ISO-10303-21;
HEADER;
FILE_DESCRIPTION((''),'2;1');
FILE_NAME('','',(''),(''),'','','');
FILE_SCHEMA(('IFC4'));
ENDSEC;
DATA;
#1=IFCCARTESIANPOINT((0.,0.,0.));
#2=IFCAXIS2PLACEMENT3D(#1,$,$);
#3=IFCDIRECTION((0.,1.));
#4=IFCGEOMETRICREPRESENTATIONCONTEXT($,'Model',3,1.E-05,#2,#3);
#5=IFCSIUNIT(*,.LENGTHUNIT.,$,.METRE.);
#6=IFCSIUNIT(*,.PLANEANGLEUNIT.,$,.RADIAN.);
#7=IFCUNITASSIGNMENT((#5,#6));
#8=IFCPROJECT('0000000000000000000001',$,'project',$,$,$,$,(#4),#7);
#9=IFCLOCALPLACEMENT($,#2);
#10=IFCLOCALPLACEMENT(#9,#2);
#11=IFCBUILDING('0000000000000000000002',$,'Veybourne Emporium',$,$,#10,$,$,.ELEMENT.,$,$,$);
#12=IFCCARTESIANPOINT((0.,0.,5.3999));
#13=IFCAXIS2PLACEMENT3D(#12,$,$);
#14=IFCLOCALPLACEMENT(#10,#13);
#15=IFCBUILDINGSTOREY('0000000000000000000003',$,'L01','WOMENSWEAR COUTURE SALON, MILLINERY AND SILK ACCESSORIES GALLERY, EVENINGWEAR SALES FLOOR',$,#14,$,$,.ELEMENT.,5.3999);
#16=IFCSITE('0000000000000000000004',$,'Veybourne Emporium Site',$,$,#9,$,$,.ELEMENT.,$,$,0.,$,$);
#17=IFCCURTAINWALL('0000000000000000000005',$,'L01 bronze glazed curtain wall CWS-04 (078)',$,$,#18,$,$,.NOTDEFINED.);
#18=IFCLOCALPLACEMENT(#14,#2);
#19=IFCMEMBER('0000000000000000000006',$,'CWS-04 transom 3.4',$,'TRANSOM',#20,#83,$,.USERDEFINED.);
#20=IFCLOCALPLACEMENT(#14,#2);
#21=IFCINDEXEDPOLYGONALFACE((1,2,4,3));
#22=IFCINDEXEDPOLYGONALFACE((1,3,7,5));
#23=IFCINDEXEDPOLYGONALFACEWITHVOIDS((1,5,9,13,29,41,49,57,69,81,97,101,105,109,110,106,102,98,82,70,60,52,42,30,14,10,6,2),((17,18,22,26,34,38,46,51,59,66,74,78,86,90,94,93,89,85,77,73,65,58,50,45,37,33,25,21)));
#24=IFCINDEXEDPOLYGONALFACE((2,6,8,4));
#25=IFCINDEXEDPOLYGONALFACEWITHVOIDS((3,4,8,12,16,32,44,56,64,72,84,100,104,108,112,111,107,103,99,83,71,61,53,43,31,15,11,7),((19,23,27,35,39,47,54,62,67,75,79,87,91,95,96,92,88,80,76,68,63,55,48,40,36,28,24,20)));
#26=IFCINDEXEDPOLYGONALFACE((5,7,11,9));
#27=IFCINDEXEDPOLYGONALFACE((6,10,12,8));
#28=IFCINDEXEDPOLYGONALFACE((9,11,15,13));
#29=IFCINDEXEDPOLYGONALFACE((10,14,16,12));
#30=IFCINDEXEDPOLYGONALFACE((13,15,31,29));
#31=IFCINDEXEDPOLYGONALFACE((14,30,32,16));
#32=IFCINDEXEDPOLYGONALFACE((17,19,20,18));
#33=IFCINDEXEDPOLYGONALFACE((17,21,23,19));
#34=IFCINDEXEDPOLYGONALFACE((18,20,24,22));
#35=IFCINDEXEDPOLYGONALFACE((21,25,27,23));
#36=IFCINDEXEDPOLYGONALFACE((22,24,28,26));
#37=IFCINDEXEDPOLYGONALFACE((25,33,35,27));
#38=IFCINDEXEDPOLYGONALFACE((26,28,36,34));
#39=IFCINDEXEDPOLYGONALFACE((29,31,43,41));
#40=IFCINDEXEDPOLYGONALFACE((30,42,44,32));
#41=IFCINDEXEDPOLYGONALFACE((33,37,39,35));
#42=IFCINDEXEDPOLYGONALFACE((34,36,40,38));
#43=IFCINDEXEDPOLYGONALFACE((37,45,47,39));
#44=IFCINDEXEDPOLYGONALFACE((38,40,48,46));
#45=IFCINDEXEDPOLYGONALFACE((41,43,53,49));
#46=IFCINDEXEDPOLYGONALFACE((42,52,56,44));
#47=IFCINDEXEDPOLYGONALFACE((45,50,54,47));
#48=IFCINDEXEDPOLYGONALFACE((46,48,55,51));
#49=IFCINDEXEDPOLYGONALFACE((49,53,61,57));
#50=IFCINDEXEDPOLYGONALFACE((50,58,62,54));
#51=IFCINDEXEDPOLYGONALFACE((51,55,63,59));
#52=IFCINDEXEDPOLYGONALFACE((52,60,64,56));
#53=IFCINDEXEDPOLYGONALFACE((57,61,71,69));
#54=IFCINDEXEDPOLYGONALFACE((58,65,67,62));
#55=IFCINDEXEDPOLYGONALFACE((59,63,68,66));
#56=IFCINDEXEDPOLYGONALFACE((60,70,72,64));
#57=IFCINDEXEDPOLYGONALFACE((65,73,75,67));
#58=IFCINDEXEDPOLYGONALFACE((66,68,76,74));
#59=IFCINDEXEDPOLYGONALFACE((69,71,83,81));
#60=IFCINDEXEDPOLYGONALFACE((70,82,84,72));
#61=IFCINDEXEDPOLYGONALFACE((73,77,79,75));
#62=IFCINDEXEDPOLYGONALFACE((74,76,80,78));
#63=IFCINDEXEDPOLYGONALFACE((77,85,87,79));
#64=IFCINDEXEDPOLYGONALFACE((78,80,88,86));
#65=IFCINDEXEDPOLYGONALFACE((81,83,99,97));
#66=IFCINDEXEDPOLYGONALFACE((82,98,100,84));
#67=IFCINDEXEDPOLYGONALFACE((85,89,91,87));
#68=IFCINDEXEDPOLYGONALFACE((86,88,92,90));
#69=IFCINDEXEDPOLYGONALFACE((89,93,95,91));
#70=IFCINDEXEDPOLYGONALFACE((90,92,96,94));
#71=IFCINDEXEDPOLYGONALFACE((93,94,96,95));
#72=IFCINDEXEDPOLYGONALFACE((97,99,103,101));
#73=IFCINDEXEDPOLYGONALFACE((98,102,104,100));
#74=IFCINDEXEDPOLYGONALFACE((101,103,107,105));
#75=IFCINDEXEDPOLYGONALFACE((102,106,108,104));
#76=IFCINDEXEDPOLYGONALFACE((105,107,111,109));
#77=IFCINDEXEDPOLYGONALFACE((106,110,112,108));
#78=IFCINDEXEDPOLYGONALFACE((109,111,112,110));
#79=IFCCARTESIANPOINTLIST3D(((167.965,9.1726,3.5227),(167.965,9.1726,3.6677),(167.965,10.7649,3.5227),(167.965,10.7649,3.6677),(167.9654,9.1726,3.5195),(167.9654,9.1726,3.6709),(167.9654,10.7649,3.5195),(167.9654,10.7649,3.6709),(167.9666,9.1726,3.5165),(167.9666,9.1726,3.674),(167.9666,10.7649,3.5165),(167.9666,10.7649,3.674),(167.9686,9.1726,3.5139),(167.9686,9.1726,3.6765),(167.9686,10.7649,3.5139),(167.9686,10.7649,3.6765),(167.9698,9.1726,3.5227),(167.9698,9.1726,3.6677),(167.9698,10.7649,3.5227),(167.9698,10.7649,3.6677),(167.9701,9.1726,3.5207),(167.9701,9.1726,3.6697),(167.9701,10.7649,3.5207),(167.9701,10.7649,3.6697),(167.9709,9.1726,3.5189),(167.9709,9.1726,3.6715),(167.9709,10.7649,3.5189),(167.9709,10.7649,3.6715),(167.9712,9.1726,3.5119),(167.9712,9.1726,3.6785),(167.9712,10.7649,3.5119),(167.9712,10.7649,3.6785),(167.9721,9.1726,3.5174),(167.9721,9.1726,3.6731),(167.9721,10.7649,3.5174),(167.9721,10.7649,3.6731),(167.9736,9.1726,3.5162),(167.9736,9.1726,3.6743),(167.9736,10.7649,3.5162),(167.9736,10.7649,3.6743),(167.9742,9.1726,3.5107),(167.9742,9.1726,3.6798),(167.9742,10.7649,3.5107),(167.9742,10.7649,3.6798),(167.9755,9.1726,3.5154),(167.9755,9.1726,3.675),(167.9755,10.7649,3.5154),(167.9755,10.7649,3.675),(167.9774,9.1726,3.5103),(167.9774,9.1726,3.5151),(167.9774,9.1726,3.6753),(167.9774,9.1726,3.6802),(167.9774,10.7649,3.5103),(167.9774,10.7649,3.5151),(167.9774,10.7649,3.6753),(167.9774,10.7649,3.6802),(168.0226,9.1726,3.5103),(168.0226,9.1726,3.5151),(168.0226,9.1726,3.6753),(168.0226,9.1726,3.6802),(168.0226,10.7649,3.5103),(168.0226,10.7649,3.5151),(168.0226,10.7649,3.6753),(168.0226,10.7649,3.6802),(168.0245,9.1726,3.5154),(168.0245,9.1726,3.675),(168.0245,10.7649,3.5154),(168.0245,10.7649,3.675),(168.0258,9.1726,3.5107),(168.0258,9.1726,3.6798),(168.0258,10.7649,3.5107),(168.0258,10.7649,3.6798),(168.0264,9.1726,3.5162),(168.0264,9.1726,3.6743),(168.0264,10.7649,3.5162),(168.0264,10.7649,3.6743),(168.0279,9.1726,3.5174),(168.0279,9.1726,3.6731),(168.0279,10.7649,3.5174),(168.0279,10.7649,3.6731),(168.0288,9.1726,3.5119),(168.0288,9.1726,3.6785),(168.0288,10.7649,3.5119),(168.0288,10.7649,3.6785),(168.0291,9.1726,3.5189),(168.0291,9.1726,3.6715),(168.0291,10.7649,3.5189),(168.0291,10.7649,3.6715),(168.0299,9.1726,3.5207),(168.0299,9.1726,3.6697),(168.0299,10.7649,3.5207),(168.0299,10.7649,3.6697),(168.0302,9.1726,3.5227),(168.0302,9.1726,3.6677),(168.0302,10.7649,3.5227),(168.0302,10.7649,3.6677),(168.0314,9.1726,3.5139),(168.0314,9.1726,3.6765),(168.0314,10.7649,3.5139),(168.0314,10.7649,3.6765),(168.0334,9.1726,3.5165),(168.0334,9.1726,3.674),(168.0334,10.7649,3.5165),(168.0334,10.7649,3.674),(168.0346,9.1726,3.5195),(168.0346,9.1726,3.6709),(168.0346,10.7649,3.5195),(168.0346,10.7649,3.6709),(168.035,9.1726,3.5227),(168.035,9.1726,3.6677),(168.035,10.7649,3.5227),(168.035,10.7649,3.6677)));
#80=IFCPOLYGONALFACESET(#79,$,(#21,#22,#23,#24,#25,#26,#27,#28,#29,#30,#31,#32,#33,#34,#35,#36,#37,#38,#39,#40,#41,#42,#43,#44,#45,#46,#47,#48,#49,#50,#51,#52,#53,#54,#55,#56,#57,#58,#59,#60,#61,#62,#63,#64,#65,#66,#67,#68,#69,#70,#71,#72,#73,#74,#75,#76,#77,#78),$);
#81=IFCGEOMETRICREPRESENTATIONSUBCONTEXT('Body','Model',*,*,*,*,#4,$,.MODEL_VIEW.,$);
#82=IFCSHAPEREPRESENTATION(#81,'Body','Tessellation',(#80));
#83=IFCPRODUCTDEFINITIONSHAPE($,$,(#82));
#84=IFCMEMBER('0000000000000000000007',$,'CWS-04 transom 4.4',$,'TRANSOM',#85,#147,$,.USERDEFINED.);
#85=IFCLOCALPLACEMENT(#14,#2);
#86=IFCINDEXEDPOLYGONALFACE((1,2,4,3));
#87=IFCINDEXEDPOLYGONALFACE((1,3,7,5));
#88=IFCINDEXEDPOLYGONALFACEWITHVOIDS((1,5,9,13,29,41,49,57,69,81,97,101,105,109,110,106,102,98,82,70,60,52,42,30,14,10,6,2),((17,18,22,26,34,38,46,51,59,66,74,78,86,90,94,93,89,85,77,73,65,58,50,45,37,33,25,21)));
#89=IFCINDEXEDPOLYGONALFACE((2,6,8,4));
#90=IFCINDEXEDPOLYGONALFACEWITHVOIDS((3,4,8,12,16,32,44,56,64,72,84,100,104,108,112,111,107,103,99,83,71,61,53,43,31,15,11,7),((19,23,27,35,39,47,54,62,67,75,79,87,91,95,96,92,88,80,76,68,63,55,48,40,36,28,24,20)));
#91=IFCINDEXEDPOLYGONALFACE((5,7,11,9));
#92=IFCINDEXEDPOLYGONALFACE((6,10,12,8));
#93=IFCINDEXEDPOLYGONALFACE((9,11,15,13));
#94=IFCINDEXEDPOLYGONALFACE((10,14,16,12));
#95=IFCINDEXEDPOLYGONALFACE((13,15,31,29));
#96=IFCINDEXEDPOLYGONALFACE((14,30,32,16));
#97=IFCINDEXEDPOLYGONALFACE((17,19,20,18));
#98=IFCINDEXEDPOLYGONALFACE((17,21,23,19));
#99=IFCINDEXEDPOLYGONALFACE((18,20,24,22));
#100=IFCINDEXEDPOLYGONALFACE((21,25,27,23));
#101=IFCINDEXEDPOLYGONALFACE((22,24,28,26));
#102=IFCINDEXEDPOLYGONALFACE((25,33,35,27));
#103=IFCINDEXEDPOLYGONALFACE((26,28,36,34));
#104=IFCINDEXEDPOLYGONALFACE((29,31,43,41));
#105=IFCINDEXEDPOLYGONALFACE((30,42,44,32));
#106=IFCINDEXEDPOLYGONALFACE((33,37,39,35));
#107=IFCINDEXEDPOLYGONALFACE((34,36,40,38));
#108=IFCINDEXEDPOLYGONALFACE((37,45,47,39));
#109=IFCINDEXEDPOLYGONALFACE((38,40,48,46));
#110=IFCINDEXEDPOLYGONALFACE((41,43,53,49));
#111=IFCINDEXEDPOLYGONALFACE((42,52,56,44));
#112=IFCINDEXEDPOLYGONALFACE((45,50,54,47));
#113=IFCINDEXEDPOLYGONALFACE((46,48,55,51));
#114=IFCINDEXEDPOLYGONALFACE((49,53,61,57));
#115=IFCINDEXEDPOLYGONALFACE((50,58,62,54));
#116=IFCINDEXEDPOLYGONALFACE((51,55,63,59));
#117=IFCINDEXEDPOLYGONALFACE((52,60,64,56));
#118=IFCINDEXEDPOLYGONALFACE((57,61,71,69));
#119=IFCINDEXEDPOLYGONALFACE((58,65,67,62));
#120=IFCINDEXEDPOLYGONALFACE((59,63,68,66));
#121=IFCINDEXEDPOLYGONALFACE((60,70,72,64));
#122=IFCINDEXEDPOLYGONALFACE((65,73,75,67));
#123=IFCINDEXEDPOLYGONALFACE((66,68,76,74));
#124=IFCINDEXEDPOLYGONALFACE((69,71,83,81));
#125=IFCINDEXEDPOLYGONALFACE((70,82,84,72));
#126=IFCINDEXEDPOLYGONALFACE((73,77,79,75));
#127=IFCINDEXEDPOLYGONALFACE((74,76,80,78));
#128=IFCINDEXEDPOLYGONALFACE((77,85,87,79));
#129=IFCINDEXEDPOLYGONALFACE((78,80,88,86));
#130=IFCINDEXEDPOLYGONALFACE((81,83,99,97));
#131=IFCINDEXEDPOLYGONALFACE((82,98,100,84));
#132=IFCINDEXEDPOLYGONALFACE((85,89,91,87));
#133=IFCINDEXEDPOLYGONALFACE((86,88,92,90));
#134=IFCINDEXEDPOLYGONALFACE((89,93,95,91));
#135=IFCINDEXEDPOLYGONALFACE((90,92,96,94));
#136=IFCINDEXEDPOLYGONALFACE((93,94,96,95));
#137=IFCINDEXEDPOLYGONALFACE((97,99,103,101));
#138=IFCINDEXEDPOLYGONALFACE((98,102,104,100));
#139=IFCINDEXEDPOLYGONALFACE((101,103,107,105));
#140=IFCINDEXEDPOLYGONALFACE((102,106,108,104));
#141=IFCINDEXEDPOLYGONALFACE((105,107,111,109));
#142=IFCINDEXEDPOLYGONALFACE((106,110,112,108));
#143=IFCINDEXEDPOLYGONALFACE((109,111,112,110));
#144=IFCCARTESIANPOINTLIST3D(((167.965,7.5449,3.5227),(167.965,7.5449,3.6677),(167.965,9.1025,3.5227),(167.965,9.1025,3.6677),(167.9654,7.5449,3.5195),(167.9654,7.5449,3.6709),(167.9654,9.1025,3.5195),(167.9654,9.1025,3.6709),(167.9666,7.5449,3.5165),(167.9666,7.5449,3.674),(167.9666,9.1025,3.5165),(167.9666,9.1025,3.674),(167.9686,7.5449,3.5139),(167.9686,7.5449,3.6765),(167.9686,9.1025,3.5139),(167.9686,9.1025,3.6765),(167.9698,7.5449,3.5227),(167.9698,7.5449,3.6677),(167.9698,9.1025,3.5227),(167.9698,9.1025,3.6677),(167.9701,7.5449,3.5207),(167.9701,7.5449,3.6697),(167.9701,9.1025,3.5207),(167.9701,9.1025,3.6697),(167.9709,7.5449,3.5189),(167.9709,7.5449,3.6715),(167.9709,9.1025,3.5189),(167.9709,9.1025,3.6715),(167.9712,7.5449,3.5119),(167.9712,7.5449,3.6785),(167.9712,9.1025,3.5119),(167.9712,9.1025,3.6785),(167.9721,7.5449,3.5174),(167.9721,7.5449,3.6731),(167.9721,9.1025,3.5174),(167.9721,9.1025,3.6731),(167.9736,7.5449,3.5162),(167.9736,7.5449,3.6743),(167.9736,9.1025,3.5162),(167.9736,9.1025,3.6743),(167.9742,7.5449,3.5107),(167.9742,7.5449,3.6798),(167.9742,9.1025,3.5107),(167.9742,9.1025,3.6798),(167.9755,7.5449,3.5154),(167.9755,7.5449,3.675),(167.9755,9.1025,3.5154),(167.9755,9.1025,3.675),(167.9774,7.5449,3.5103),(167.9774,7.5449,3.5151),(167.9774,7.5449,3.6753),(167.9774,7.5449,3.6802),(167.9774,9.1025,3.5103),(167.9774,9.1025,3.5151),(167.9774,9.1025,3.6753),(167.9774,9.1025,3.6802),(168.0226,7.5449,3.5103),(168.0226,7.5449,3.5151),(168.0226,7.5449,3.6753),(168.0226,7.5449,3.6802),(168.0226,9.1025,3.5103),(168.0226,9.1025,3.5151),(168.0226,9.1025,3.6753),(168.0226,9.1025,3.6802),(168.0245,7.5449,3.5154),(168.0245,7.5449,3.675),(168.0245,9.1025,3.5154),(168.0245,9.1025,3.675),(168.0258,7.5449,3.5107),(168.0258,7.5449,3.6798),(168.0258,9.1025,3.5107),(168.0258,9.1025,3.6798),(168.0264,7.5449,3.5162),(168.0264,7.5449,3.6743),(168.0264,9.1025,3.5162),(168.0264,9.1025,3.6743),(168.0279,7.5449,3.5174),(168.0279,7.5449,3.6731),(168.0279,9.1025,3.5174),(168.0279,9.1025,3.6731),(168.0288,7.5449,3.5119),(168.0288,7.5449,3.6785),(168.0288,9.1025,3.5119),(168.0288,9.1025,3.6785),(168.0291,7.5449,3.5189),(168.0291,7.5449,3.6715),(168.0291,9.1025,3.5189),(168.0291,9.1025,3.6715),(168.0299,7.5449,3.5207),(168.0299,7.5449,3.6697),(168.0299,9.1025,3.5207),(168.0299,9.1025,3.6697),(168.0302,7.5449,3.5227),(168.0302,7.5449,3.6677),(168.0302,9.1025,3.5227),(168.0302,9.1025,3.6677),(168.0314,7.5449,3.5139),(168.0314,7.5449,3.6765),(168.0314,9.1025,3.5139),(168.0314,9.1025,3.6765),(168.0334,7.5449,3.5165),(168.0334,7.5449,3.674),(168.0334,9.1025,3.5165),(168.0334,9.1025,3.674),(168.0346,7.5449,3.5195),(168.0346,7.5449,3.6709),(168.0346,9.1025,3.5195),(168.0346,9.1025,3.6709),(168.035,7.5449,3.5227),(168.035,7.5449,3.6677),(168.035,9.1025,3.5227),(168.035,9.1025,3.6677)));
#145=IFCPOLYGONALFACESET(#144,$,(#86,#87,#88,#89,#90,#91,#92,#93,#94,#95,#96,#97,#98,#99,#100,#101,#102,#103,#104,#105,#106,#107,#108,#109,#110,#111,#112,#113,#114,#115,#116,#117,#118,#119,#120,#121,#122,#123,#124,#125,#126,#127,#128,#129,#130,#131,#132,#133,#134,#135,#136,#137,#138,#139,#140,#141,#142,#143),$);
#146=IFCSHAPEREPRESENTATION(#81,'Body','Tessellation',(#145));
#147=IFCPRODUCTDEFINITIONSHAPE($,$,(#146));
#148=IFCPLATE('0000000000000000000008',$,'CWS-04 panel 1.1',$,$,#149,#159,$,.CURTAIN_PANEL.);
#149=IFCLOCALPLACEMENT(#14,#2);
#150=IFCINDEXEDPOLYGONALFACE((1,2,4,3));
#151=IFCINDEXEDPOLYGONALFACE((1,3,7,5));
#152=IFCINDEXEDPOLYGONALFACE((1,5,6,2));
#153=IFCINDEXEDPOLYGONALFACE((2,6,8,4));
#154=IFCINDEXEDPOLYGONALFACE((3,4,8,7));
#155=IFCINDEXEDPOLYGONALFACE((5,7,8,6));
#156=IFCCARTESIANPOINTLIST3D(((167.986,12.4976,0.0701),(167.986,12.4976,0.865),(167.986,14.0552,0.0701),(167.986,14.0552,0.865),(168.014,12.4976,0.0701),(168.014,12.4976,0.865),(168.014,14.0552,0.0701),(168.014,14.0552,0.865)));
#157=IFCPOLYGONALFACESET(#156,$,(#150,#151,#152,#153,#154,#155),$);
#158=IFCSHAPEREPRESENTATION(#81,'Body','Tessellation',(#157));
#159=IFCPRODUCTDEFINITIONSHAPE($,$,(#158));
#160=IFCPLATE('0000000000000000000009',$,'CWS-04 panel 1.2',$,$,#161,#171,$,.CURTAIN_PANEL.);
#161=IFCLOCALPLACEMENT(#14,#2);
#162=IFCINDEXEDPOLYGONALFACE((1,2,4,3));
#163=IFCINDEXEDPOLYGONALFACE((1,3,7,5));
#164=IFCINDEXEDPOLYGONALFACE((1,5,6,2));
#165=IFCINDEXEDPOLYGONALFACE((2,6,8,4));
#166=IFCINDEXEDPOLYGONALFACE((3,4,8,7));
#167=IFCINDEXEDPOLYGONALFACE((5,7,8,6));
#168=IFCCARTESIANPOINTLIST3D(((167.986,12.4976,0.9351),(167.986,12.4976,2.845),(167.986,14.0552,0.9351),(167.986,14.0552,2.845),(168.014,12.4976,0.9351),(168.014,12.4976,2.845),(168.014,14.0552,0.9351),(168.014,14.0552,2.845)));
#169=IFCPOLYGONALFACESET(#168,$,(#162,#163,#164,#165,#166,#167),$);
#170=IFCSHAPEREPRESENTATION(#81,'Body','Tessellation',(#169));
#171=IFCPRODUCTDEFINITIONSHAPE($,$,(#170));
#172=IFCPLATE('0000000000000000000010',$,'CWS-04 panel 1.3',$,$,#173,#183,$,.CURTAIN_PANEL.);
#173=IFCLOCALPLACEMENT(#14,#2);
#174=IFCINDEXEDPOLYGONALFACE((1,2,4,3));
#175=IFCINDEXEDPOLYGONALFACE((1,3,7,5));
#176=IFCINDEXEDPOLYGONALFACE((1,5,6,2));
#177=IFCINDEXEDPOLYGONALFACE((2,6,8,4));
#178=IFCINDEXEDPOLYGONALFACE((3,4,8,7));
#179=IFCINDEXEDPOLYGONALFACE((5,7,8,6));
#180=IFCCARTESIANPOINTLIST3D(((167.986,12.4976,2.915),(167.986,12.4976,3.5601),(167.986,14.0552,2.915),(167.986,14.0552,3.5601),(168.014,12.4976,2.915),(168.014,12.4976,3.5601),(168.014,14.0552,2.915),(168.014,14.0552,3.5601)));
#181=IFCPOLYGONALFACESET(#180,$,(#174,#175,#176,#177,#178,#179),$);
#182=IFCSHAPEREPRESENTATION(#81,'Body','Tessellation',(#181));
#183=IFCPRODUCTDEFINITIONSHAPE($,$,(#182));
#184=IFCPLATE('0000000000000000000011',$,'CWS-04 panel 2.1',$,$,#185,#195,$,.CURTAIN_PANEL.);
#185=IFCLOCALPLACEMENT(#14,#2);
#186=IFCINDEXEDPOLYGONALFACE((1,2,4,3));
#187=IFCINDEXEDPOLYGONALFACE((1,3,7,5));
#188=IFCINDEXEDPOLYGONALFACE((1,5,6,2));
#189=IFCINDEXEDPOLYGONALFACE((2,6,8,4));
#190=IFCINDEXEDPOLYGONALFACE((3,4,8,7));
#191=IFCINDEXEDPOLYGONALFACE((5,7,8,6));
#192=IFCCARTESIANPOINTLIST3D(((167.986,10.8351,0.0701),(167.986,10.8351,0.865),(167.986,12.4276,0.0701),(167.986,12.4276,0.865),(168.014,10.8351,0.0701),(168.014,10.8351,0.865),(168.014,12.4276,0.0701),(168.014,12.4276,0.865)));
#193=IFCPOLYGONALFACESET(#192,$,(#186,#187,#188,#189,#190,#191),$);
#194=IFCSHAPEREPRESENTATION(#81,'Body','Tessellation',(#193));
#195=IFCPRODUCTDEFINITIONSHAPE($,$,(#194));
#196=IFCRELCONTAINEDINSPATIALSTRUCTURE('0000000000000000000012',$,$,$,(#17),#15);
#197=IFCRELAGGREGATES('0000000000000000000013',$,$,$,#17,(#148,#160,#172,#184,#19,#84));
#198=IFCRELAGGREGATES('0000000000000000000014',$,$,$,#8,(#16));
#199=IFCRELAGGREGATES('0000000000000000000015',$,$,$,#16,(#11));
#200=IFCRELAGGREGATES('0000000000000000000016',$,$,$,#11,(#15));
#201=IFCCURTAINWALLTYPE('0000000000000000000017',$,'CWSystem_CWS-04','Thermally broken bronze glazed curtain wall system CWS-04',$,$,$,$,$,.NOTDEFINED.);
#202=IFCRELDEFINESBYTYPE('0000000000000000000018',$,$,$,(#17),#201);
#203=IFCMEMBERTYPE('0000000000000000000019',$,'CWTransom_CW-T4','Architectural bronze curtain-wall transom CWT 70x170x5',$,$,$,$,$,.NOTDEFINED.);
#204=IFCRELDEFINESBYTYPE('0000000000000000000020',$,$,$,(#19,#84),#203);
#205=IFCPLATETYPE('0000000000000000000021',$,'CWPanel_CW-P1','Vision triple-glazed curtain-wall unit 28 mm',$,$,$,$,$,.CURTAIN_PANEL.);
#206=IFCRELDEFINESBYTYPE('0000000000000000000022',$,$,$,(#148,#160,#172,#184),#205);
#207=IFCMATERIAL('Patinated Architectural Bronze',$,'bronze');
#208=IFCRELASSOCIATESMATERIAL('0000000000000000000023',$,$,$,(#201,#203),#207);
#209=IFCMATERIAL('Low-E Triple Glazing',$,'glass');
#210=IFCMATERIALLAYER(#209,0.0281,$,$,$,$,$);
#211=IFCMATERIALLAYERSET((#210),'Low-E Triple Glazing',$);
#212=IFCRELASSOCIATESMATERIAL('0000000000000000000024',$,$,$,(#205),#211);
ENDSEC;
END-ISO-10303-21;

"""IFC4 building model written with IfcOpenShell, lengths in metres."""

from ifc_helpers import new_model, si_unit, direction, frame, origin, origin_2d, place, context, subcontext, project, spatial, rectangle, hollow_rectangle, extrude, material, layer, layer_set, material_profile, profile_set, type_object, element, aggregate, save


model = new_model("IFC4")

# Units and contexts
model_context = context("Model", 3, precision=1e-05, world=origin(), true_north=direction((0.0, 1.0)))
body_context = subcontext(model_context, "Body", "Model", "MODEL_VIEW")
ifc_project = project(units=[si_unit("LENGTHUNIT", "METRE"), si_unit("PLANEANGLEUNIT", "RADIAN")], contexts=[model_context])

# Site, building, storey
site_placement = place(None, origin())
site = spatial("IfcSite", under=ifc_project, at=site_placement, Name="Veybourne Emporium Site", CompositionType="ELEMENT", RefElevation=0.0)
building_placement = place(site_placement, origin())
building = spatial("IfcBuilding", under=site, at=building_placement, Name="Veybourne Emporium", CompositionType="ELEMENT")
storey_placement = place(building_placement, frame((0.0, 0.0, 5.3999)))
storey = spatial("IfcBuildingStorey", under=building, at=storey_placement, Name="L01", Description="WOMENSWEAR COUTURE SALON, MILLINERY AND SILK ACCESSORIES GALLERY, EVENINGWEAR SALES FLOOR", CompositionType="ELEMENT", Elevation=5.3999)

# Curtain wall, members, plates
ifc_material_1 = material(Name="Patinated Architectural Bronze", Category="bronze")
curtain_wall_type = type_object("IfcCurtainWallType", Name="CWSystem_CWS-04", Description="Thermally broken bronze glazed curtain wall system CWS-04", PredefinedType="NOTDEFINED", material=ifc_material_1)
curtain_wall_placement = place(storey_placement, origin())
curtain_wall = element("IfcCurtainWall", 1, at=curtain_wall_placement, inside=storey, type_object=curtain_wall_type, Name="L01 bronze glazed curtain wall CWS-04 (078)", PredefinedType="NOTDEFINED")
ifc_material_profile_1 = material_profile(ifc_material_1, hollow_rectangle(XDim=0.0701, YDim=0.1699, WallThickness=0.0049, InnerFilletRadius=0.0076, OuterFilletRadius=0.0125, at=origin_2d()), Name="CWT 70x170x5")
ifc_profile_set_1 = profile_set([ifc_material_profile_1], Name="Patinated Architectural Bronze")
member_type_1 = type_object("IfcMemberType", Name="CWTransom_CW-T4", Description="Architectural bronze curtain-wall transom CWT 70x170x5", PredefinedType="NOTDEFINED", material=ifc_profile_set_1)
member_1_placement = place(storey_placement, frame((168.0, 10.7649, 3.5952), z_axis=(0.0, -1.0, 0.0), x_axis=(1.0, 0.0, 0.0)))
member_1 = element("IfcMember", 2, at=member_1_placement, type_object=member_type_1, Name="CWS-04 transom 3.4", ObjectType="TRANSOM", PredefinedType="USERDEFINED", context=body_context, shape_type="SweptSolid", body=[
    extrude(hollow_rectangle(XDim=0.0701, YDim=0.1699, WallThickness=0.0049, InnerFilletRadius=0.0076, OuterFilletRadius=0.0125, at=origin_2d()), origin(), (0.0, 0.0, 1.0), 1.5923),
])
member_2_placement = place(storey_placement, frame((168.0, 9.1025, 3.5952), z_axis=(0.0, -1.0, 0.0), x_axis=(1.0, 0.0, 0.0)))
member_2 = element("IfcMember", 3, at=member_2_placement, type_object=member_type_1, Name="CWS-04 transom 4.4", ObjectType="TRANSOM", PredefinedType="USERDEFINED", context=body_context, shape_type="SweptSolid", body=[
    extrude(hollow_rectangle(XDim=0.0701, YDim=0.1699, WallThickness=0.0049, InnerFilletRadius=0.0076, OuterFilletRadius=0.0125, at=origin_2d()), origin(), (0.0, 0.0, 1.0), 1.5576),
])
ifc_material_2 = material(Name="Low-E Triple Glazing", Category="glass")
ifc_layer = layer(ifc_material_2, 0.0281)
ifc_layer_set = layer_set([ifc_layer], Name="Low-E Triple Glazing")
plate_type = type_object("IfcPlateType", Name="CWPanel_CW-P1", Description="Vision triple-glazed curtain-wall unit 28 mm", PredefinedType="CURTAIN_PANEL", material=ifc_layer_set)
plate_1_placement = place(storey_placement, frame((168.0, 13.2764, 0.0701), z_axis=(0.0, 0.0, 1.0), x_axis=(0.0, -1.0, 0.0)))
plate_1 = element("IfcPlate", 4, at=plate_1_placement, type_object=plate_type, Name="CWS-04 panel 1.1", PredefinedType="CURTAIN_PANEL", context=body_context, shape_type="SweptSolid", body=[
    extrude(rectangle(XDim=1.5576, YDim=0.0281, at=origin_2d()), origin(), (0.0, 0.0, 1.0), 0.7949),
])
plate_2_placement = place(storey_placement, frame((168.0, 13.2764, 0.9351), z_axis=(0.0, 0.0, 1.0), x_axis=(0.0, -1.0, 0.0)))
plate_2 = element("IfcPlate", 5, at=plate_2_placement, type_object=plate_type, Name="CWS-04 panel 1.2", PredefinedType="CURTAIN_PANEL", context=body_context, shape_type="SweptSolid", body=[
    extrude(rectangle(XDim=1.5576, YDim=0.0281, at=origin_2d()), origin(), (0.0, 0.0, 1.0), 1.9099),
])
plate_3_placement = place(storey_placement, frame((168.0, 13.2764, 2.915), z_axis=(0.0, 0.0, 1.0), x_axis=(0.0, -1.0, 0.0)))
plate_3 = element("IfcPlate", 6, at=plate_3_placement, type_object=plate_type, Name="CWS-04 panel 1.3", PredefinedType="CURTAIN_PANEL", context=body_context, shape_type="SweptSolid", body=[
    extrude(rectangle(XDim=1.5576, YDim=0.0281, at=origin_2d()), origin(), (0.0, 0.0, 1.0), 0.645),
])
plate_4_placement = place(storey_placement, frame((168.0, 11.6313, 0.0701), z_axis=(0.0, 0.0, 1.0), x_axis=(0.0, -1.0, 0.0)))
plate_4 = element("IfcPlate", 7, at=plate_4_placement, type_object=plate_type, Name="CWS-04 panel 2.1", PredefinedType="CURTAIN_PANEL", context=body_context, shape_type="SweptSolid", body=[
    extrude(rectangle(XDim=1.5925, YDim=0.0281, at=origin_2d()), origin(), (0.0, 0.0, 1.0), 0.7949),
])
aggregate(curtain_wall, [plate_1, plate_2, plate_3, plate_4, member_1, member_2])

save(model, "model.ifc")
